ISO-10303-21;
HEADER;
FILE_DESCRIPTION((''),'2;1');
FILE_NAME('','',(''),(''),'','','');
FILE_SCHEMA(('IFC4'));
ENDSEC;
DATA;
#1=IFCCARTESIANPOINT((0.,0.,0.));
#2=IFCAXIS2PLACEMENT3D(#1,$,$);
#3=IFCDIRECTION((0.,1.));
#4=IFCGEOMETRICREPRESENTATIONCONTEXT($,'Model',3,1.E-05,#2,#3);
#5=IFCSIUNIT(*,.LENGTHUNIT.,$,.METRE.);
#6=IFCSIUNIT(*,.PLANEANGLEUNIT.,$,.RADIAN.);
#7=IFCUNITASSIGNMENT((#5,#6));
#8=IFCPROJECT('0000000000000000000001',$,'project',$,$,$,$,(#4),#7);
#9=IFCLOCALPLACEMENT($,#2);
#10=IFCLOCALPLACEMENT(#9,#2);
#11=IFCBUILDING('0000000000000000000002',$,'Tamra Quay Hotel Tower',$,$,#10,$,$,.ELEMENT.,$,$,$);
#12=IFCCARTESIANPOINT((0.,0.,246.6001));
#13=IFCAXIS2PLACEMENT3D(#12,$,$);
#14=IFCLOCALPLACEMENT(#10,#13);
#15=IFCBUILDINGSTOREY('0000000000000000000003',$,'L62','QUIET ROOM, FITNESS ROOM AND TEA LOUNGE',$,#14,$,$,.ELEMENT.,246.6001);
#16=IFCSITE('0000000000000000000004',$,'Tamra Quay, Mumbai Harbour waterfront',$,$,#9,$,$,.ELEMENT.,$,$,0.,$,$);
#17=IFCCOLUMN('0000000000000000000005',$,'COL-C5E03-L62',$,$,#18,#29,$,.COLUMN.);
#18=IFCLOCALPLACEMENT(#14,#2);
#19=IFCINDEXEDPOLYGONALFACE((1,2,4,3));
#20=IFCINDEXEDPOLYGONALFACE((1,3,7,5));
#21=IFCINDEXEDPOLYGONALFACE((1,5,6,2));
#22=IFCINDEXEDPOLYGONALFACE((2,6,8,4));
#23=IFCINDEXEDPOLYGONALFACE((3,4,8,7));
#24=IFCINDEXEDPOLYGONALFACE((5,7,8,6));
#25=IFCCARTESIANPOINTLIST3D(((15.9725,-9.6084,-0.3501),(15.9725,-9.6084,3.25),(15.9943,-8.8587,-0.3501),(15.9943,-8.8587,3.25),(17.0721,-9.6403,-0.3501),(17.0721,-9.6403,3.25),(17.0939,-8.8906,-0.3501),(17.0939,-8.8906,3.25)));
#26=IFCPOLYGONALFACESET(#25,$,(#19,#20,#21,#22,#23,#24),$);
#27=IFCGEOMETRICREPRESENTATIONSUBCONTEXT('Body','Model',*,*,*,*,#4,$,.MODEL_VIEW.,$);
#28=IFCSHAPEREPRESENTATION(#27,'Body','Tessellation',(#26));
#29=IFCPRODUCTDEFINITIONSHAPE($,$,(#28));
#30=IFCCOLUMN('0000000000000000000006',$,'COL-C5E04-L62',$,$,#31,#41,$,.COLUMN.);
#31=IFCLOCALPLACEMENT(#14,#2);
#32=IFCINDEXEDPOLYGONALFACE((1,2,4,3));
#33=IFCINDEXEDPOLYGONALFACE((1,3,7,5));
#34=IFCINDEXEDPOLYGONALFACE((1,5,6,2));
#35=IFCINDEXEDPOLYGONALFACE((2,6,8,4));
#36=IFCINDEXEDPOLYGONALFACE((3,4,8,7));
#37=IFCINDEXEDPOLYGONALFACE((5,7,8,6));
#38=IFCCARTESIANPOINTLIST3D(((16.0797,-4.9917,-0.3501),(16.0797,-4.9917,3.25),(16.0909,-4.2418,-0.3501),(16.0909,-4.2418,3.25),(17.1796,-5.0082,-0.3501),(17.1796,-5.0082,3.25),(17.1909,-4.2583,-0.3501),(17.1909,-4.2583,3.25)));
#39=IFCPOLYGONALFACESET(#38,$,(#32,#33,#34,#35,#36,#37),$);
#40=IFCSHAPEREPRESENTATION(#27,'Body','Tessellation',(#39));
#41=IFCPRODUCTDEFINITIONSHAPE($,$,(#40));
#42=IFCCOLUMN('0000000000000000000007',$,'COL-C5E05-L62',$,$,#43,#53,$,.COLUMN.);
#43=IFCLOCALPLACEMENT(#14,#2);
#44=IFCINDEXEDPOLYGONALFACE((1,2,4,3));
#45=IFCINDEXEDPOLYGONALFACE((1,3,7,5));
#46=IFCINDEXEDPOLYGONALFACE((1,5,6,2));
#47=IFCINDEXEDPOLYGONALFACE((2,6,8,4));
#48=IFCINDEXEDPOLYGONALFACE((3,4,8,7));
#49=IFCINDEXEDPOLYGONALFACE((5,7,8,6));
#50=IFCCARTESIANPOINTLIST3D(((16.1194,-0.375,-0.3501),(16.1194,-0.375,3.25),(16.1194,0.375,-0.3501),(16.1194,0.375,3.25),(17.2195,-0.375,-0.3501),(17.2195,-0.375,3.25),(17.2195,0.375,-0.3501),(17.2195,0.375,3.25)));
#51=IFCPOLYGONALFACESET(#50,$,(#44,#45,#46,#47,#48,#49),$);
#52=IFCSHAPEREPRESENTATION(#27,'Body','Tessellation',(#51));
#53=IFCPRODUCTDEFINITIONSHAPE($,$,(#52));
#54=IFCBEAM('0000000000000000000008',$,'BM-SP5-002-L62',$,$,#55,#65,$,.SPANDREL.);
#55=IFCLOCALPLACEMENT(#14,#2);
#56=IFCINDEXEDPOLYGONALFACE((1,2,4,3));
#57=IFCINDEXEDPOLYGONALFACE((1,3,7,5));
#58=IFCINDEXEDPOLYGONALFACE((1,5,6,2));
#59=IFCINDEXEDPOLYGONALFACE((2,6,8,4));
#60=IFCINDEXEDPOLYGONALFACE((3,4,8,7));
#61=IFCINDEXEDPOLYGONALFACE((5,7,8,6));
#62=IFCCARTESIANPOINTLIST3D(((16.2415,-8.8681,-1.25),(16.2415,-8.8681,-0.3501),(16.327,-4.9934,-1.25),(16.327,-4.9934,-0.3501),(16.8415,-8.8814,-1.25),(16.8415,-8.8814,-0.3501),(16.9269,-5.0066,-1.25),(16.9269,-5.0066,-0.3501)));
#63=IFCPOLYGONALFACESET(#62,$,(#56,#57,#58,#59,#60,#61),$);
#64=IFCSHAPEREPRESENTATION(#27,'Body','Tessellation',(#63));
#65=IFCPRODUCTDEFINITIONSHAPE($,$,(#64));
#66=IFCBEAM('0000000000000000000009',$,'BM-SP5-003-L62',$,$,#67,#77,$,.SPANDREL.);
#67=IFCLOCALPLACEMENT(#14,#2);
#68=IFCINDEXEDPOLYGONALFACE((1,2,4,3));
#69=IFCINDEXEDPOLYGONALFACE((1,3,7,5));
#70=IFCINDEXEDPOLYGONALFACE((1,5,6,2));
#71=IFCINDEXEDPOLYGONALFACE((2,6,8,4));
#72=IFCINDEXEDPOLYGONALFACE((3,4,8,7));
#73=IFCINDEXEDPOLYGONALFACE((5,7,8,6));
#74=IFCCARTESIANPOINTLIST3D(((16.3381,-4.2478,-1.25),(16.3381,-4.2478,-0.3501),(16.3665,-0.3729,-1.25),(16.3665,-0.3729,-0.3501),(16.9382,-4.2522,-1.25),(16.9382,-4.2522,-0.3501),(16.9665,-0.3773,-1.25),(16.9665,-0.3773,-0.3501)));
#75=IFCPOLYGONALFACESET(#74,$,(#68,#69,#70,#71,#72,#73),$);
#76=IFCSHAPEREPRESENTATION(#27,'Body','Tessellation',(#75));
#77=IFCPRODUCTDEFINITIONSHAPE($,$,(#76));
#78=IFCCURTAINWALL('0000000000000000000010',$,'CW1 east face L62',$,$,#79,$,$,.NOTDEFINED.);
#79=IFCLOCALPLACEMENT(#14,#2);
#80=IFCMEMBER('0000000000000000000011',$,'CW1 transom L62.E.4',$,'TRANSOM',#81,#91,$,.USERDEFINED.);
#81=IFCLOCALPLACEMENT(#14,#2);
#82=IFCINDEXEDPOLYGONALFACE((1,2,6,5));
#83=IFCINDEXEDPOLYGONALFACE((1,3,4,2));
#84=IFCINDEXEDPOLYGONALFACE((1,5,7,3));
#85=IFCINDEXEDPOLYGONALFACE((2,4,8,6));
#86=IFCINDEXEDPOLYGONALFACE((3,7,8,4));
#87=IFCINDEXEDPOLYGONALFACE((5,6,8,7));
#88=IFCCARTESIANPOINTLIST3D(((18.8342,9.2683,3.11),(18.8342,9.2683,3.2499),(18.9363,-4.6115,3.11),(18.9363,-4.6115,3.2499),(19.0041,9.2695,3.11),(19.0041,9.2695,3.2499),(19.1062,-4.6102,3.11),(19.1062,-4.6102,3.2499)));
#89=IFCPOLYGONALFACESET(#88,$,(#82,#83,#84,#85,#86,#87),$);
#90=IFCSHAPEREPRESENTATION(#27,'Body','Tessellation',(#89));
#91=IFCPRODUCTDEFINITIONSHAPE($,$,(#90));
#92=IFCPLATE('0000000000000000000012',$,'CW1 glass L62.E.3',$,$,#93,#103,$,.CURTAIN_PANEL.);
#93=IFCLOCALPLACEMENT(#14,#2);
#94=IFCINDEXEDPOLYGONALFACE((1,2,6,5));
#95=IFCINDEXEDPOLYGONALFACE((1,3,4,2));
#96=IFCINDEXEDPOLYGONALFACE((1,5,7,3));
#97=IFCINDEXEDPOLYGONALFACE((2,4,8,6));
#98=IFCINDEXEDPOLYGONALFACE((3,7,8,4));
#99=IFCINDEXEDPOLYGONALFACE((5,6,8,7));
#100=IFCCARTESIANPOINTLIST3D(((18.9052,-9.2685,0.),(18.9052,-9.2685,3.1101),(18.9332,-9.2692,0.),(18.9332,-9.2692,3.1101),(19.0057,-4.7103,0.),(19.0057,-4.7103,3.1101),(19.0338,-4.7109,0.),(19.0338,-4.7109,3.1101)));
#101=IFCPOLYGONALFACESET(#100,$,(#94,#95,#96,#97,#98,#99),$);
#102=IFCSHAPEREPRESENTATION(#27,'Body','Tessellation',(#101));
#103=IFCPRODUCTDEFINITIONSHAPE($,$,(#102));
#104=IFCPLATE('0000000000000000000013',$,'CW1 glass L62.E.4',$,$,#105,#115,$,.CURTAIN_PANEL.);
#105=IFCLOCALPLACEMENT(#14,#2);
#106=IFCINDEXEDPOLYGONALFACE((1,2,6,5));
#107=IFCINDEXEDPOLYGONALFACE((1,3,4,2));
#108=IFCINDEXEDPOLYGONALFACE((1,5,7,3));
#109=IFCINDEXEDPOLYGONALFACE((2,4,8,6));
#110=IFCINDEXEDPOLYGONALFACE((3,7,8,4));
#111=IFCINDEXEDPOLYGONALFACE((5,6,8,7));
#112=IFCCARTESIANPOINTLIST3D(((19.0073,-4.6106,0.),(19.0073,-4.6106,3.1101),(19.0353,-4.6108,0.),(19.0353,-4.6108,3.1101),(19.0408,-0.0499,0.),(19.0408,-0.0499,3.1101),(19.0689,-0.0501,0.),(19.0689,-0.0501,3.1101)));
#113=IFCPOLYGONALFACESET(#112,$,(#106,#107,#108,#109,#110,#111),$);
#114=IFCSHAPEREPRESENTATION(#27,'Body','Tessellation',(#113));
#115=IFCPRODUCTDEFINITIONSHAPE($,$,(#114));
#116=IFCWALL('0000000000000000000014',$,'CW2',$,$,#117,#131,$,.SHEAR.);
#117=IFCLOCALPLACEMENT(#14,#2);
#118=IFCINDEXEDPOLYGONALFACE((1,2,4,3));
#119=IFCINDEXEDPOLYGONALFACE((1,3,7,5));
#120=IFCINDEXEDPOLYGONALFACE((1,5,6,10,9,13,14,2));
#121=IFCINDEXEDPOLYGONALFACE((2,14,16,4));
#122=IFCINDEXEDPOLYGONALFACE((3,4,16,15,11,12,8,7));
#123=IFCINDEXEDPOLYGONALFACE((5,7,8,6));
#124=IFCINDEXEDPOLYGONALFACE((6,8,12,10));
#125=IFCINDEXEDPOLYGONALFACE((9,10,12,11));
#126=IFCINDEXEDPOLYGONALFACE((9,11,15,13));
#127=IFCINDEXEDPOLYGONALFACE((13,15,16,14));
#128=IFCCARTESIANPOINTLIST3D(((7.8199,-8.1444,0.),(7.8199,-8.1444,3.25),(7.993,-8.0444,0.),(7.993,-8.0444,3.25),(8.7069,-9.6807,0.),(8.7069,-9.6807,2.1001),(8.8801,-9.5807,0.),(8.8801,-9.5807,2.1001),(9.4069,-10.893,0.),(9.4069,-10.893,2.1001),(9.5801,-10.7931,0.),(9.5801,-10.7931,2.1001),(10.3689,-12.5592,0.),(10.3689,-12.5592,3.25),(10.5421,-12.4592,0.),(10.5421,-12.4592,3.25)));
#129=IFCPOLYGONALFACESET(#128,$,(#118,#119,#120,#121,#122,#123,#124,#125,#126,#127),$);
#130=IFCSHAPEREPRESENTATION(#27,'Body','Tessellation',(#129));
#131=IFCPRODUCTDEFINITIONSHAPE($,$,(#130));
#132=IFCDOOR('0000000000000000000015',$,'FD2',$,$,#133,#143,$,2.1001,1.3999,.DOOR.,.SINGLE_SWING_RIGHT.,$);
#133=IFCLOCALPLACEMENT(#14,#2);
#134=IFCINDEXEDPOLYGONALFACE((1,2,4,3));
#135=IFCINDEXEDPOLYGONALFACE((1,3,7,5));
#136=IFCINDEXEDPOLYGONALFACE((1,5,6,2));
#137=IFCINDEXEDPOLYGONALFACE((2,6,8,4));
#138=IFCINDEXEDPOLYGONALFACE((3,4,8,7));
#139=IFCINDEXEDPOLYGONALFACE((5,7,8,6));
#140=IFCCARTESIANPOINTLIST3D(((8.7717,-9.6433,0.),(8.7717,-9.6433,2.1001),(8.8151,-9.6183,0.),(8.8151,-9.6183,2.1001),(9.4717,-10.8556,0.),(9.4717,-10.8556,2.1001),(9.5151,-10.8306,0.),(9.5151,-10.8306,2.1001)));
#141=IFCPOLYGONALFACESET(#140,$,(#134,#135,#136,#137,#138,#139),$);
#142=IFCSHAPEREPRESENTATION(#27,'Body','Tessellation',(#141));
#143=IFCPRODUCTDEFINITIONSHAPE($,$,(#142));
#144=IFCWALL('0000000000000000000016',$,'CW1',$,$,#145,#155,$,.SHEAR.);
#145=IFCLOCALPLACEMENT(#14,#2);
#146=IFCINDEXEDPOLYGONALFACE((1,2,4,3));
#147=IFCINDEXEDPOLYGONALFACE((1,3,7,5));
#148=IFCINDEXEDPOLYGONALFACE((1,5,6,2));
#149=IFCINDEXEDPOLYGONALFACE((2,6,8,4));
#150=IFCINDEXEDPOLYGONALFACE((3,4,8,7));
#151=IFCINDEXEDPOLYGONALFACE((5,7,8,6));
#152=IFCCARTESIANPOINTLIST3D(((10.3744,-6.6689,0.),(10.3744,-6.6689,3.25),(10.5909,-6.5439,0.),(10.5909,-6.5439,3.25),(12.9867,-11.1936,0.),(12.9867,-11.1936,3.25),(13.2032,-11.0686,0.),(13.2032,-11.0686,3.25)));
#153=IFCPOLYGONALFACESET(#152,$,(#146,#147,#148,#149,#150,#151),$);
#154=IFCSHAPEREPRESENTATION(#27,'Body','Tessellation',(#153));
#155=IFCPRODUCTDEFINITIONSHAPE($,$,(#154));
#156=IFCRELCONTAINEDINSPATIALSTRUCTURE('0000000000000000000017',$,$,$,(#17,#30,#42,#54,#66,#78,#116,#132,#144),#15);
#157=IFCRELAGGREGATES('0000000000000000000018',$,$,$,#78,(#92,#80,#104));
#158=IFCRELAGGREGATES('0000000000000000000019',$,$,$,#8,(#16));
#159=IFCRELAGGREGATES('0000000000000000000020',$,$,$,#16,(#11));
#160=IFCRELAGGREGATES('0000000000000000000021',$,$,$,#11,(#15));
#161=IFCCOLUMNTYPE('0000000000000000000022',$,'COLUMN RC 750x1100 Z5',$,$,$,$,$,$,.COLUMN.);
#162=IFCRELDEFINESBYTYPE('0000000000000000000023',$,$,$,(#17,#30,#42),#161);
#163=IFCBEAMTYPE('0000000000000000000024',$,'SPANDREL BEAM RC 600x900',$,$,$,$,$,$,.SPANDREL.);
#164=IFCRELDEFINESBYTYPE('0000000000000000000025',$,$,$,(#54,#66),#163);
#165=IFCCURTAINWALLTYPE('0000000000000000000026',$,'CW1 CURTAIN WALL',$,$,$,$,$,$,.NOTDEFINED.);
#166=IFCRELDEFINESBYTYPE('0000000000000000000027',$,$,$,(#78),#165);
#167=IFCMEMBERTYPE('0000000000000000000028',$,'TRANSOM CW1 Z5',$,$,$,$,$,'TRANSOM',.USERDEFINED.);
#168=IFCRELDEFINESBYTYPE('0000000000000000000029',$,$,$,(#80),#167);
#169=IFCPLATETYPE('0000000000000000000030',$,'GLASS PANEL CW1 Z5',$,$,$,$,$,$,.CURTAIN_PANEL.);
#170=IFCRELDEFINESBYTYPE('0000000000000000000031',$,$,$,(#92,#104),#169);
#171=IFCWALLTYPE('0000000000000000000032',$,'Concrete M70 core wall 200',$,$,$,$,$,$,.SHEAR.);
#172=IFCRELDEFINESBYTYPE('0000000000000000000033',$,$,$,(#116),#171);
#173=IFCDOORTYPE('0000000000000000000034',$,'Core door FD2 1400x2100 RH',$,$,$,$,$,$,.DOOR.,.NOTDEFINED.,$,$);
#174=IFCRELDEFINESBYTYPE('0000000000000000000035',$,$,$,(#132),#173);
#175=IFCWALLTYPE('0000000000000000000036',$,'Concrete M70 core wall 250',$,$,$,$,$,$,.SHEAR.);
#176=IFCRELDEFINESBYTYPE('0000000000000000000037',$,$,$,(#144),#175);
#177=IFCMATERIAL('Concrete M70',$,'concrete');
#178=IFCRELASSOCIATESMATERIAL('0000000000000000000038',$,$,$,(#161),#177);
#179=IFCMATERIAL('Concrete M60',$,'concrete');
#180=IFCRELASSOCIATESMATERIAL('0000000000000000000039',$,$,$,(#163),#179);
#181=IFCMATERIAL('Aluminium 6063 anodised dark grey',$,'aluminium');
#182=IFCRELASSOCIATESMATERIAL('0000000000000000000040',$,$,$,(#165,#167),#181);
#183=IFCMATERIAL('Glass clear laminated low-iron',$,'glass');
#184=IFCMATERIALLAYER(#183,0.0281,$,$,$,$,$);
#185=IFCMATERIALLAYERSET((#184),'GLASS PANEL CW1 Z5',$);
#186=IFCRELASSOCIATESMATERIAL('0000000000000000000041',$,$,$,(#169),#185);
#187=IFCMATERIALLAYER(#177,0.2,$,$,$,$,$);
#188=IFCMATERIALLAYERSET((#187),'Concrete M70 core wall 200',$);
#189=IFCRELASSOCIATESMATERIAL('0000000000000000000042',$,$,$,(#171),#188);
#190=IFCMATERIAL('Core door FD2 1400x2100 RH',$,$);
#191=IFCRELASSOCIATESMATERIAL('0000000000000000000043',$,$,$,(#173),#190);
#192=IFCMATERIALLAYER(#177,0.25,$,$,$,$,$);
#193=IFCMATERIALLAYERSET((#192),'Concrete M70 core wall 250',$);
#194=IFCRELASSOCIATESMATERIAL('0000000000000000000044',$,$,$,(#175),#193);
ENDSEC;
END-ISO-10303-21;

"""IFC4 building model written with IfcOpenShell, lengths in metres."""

from ifc_helpers import new_model, si_unit, direction, frame, frame_2d, origin, origin_2d, place, context, subcontext, project, spatial, rectangle, extrude, material, layer, layer_set, material_profile, profile_set, type_object, element, fill, aggregate, save


model = new_model("IFC4")

# Units and contexts
model_context = context("Model", 3, precision=1e-05, world=origin(), true_north=direction((0.0, 1.0)))
body_context = subcontext(model_context, "Body", "Model", "MODEL_VIEW")
ifc_project = project(units=[si_unit("LENGTHUNIT", "METRE"), si_unit("PLANEANGLEUNIT", "RADIAN")], contexts=[model_context])

# Site, building, storey
site_placement = place(None, origin())
site = spatial("IfcSite", under=ifc_project, at=site_placement, Name="Tamra Quay, Mumbai Harbour waterfront", CompositionType="ELEMENT", RefElevation=0.0)
building_placement = place(site_placement, origin())
building = spatial("IfcBuilding", under=site, at=building_placement, Name="Tamra Quay Hotel Tower", CompositionType="ELEMENT")
storey_placement = place(building_placement, frame((0.0, 0.0, 246.6001)))
storey = spatial("IfcBuildingStorey", under=building, at=storey_placement, Name="L62", Description="QUIET ROOM, FITNESS ROOM AND TEA LOUNGE", CompositionType="ELEMENT", Elevation=246.6001)

# Columns
ifc_material_1 = material(Name="Concrete M70", Category="concrete")
ifc_material_profile_1 = material_profile(ifc_material_1, rectangle(XDim=1.1001, YDim=0.75, at=origin_2d()), Name="COLUMN RC 750x1100 Z5")
ifc_profile_set_1 = profile_set([ifc_material_profile_1], Name="Concrete M70")
column_type = type_object("IfcColumnType", Name="COLUMN RC 750x1100 Z5", PredefinedType="COLUMN", material=ifc_profile_set_1)
for number, where, z_axis, x_axis, name in (
    (1, (16.5332, -9.2495, -0.3501), (0.0, 0.0, 1.0), (-0.999579, 0.029028, 0.0), "COL-C5E03-L62"),
    (2, (16.6353, -4.625, -0.3501), (0.0, 0.0, 1.0), (-0.999888, 0.014959, 0.0), "COL-C5E04-L62"),
    (3, (16.6694, 0.0, -0.3501), (0.0, 0.0, 1.0), (1.0, 0.0, 0.0), "COL-C5E05-L62"),
):
    element("IfcColumn", number, at=place(storey_placement, frame(where, z_axis=z_axis, x_axis=x_axis)), inside=storey, type_object=column_type, Name=name, PredefinedType="COLUMN", context=body_context, shape_type="SweptSolid", body=[
        extrude(rectangle(XDim=1.1001, YDim=0.75, at=origin_2d()), origin(), (0.0, 0.0, 1.0), 3.6001),
    ])

# Beams
ifc_material_2 = material(Name="Concrete M60", Category="concrete")
ifc_material_profile_2 = material_profile(ifc_material_2, rectangle(XDim=0.6001, YDim=0.8999, at=origin_2d()), Name="SPANDREL BEAM RC 600x900")
ifc_profile_set_2 = profile_set([ifc_material_profile_2], Name="Concrete M60")
beam_type = type_object("IfcBeamType", Name="SPANDREL BEAM RC 600x900", PredefinedType="SPANDREL", material=ifc_profile_set_2)
beam_1_placement = place(storey_placement, frame((16.5415, -8.8748, -0.8), z_axis=(0.022047, 0.999757, 0.0), x_axis=(-0.999757, 0.022047, 0.0)))
element("IfcBeam", 4, at=beam_1_placement, inside=storey, type_object=beam_type, Name="BM-SP5-002-L62", PredefinedType="SPANDREL", context=body_context, shape_type="SweptSolid", body=[
    extrude(rectangle(XDim=0.6001, YDim=0.8999, at=origin_2d()), origin(), (0.0, 0.0, 1.0), 3.8757),
])
beam_2_placement = place(storey_placement, frame((16.6382, -4.25, -0.8), z_axis=(0.007308, 0.999973, 0.0), x_axis=(-0.999973, 0.007308, 0.0)))
element("IfcBeam", 5, at=beam_2_placement, inside=storey, type_object=beam_type, Name="BM-SP5-003-L62", PredefinedType="SPANDREL", context=body_context, shape_type="SweptSolid", body=[
    extrude(rectangle(XDim=0.6001, YDim=0.8999, at=origin_2d()), origin(), (0.0, 0.0, 1.0), 3.875),
])

# Curtain wall, member, plates
ifc_material_3 = material(Name="Aluminium 6063 anodised dark grey", Category="aluminium")
curtain_wall_type = type_object("IfcCurtainWallType", Name="CW1 CURTAIN WALL", PredefinedType="NOTDEFINED", material=ifc_material_3)
curtain_wall_placement = place(storey_placement, origin())
curtain_wall = element("IfcCurtainWall", 6, at=curtain_wall_placement, inside=storey, type_object=curtain_wall_type, Name="CW1 east face L62", PredefinedType="NOTDEFINED")
ifc_material_profile_3 = material_profile(ifc_material_3, rectangle(XDim=0.1699, YDim=0.1399, at=origin_2d()), Name="TRANSOM 170X140")
ifc_profile_set_3 = profile_set([ifc_material_profile_3], Name="Aluminium 6063 anodised dark grey")
member_type = type_object("IfcMemberType", Name="TRANSOM CW1 Z5", ElementType="TRANSOM", PredefinedType="USERDEFINED", material=ifc_profile_set_3)
member_placement = place(storey_placement, frame((19.0212, -4.6108, 3.1799), z_axis=(-0.007352, 0.999973, 0.0), x_axis=(-0.999973, -0.007352, 0.0)))
member = element("IfcMember", 7, at=member_placement, type_object=member_type, Name="CW1 transom L62.E.4", ObjectType="TRANSOM", PredefinedType="USERDEFINED", context=body_context, shape_type="SweptSolid", body=[
    extrude(rectangle(XDim=0.1699, YDim=0.1399, at=origin_2d()), origin(), (0.0, 0.0, 1.0), 13.8801),
])
ifc_material_4 = material(Name="Glass clear laminated low-iron", Category="glass")
ifc_layer_1 = layer(ifc_material_4, 0.0281)
ifc_layer_set_1 = layer_set([ifc_layer_1], Name="GLASS PANEL CW1 Z5")
plate_type = type_object("IfcPlateType", Name="GLASS PANEL CW1 Z5", PredefinedType="CURTAIN_PANEL", material=ifc_layer_set_1)
plate_1_placement = place(storey_placement, frame((18.9695, -6.9897, 0.0), z_axis=(0.0, 0.0, 1.0), x_axis=(0.022063, 0.999757, 0.0)))
plate_1 = element("IfcPlate", 8, at=plate_1_placement, type_object=plate_type, Name="CW1 glass L62.E.3", PredefinedType="CURTAIN_PANEL", context=body_context, shape_type="SweptSolid", body=[
    extrude(rectangle(XDim=4.5593, YDim=0.0281, at=origin_2d()), origin(), (0.0, 0.0, 1.0), 3.1101),
])
plate_2_placement = place(storey_placement, frame((19.0381, -2.3303, 0.0), z_axis=(0.0, 0.0, 1.0), x_axis=(0.007362, 0.999973, 0.0)))
plate_2 = element("IfcPlate", 9, at=plate_2_placement, type_object=plate_type, Name="CW1 glass L62.E.4", PredefinedType="CURTAIN_PANEL", context=body_context, shape_type="SweptSolid", body=[
    extrude(rectangle(XDim=4.5608, YDim=0.0281, at=origin_2d()), origin(), (0.0, 0.0, 1.0), 3.1101),
])
aggregate(curtain_wall, [plate_1, member, plate_2])

# Wall, opening, door
ifc_layer_2 = layer(ifc_material_1, 0.2)
ifc_layer_set_2 = layer_set([ifc_layer_2], Name="Concrete M70 core wall 200")
wall_type_1 = type_object("IfcWallType", Name="Concrete M70 core wall 200", PredefinedType="SHEAR", material=ifc_layer_set_2)
wall_1_placement = place(storey_placement, frame((7.9065, -8.0945, 0.0), z_axis=(0.0, 0.0, 1.0), x_axis=(0.500028, -0.866009, 0.0)))
wall_1 = element("IfcWall", 10, at=wall_1_placement, inside=storey, type_object=wall_type_1, Name="CW2", PredefinedType="SHEAR", context=body_context, shape_type="SweptSolid", body=[
    extrude(rectangle(XDim=5.0979, YDim=0.2, at=frame_2d((2.5488, 0.0))), origin(), (0.0, 0.0, 1.0), 3.25),
])
opening_1_placement = place(wall_1_placement, frame((1.7739, 0.0, 0.0)))
opening_1 = element("IfcOpeningElement", 11, at=opening_1_placement, cuts=wall_1, PredefinedType="OPENING", context=body_context, shape_type="SweptSolid", body=[
    extrude(rectangle(XDim=1.3999, YDim=2.1001, at=frame_2d((0.7, 1.05))), frame((0.0, 0.1099, 0.0), z_axis=(0.0, -1.0, 0.0), x_axis=(1.0, 0.0, 0.0)), (0.0, 0.0, 1.0), 0.22),
])
ifc_material_5 = material(Name="Core door FD2 1400x2100 RH")
door_type_1 = type_object("IfcDoorType", Name="Core door FD2 1400x2100 RH", OperationType="NOTDEFINED", PredefinedType="DOOR", material=ifc_material_5)
door_1_placement = place(opening_1_placement, origin())
door_1 = element("IfcDoor", 12, at=door_1_placement, inside=storey, type_object=door_type_1, Name="FD2", OperationType="SINGLE_SWING_RIGHT", OverallHeight=2.1001, OverallWidth=1.3999, PredefinedType="DOOR", context=body_context, shape_type="SweptSolid", body=[
    extrude(rectangle(XDim=1.3999, YDim=2.1001, at=frame_2d((0.7, 1.05))), frame((0.0, 0.0249, 0.0), z_axis=(0.0, -1.0, 0.0), x_axis=(1.0, 0.0, 0.0)), (0.0, 0.0, 1.0), 0.05),
])
fill(opening_1, door_1)

# Wall
ifc_layer_3 = layer(ifc_material_1, 0.25)
ifc_layer_set_3 = layer_set([ifc_layer_3], Name="Concrete M70 core wall 250")
wall_type_2 = type_object("IfcWallType", Name="Concrete M70 core wall 250", PredefinedType="SHEAR", material=ifc_layer_set_3)
wall_2_placement = place(storey_placement, frame((10.4827, -6.6064, 0.0), z_axis=(0.0, 0.0, 1.0), x_axis=(0.499999, -0.866026, 0.0)))
element("IfcWall", 13, at=wall_2_placement, inside=storey, type_object=wall_type_2, Name="CW1", PredefinedType="SHEAR", context=body_context, shape_type="SweptSolid", body=[
    extrude(rectangle(XDim=5.2246, YDim=0.25, at=frame_2d((2.6123, 0.0))), origin(), (0.0, 0.0, 1.0), 3.25),
])

save(model, "model.ifc")
